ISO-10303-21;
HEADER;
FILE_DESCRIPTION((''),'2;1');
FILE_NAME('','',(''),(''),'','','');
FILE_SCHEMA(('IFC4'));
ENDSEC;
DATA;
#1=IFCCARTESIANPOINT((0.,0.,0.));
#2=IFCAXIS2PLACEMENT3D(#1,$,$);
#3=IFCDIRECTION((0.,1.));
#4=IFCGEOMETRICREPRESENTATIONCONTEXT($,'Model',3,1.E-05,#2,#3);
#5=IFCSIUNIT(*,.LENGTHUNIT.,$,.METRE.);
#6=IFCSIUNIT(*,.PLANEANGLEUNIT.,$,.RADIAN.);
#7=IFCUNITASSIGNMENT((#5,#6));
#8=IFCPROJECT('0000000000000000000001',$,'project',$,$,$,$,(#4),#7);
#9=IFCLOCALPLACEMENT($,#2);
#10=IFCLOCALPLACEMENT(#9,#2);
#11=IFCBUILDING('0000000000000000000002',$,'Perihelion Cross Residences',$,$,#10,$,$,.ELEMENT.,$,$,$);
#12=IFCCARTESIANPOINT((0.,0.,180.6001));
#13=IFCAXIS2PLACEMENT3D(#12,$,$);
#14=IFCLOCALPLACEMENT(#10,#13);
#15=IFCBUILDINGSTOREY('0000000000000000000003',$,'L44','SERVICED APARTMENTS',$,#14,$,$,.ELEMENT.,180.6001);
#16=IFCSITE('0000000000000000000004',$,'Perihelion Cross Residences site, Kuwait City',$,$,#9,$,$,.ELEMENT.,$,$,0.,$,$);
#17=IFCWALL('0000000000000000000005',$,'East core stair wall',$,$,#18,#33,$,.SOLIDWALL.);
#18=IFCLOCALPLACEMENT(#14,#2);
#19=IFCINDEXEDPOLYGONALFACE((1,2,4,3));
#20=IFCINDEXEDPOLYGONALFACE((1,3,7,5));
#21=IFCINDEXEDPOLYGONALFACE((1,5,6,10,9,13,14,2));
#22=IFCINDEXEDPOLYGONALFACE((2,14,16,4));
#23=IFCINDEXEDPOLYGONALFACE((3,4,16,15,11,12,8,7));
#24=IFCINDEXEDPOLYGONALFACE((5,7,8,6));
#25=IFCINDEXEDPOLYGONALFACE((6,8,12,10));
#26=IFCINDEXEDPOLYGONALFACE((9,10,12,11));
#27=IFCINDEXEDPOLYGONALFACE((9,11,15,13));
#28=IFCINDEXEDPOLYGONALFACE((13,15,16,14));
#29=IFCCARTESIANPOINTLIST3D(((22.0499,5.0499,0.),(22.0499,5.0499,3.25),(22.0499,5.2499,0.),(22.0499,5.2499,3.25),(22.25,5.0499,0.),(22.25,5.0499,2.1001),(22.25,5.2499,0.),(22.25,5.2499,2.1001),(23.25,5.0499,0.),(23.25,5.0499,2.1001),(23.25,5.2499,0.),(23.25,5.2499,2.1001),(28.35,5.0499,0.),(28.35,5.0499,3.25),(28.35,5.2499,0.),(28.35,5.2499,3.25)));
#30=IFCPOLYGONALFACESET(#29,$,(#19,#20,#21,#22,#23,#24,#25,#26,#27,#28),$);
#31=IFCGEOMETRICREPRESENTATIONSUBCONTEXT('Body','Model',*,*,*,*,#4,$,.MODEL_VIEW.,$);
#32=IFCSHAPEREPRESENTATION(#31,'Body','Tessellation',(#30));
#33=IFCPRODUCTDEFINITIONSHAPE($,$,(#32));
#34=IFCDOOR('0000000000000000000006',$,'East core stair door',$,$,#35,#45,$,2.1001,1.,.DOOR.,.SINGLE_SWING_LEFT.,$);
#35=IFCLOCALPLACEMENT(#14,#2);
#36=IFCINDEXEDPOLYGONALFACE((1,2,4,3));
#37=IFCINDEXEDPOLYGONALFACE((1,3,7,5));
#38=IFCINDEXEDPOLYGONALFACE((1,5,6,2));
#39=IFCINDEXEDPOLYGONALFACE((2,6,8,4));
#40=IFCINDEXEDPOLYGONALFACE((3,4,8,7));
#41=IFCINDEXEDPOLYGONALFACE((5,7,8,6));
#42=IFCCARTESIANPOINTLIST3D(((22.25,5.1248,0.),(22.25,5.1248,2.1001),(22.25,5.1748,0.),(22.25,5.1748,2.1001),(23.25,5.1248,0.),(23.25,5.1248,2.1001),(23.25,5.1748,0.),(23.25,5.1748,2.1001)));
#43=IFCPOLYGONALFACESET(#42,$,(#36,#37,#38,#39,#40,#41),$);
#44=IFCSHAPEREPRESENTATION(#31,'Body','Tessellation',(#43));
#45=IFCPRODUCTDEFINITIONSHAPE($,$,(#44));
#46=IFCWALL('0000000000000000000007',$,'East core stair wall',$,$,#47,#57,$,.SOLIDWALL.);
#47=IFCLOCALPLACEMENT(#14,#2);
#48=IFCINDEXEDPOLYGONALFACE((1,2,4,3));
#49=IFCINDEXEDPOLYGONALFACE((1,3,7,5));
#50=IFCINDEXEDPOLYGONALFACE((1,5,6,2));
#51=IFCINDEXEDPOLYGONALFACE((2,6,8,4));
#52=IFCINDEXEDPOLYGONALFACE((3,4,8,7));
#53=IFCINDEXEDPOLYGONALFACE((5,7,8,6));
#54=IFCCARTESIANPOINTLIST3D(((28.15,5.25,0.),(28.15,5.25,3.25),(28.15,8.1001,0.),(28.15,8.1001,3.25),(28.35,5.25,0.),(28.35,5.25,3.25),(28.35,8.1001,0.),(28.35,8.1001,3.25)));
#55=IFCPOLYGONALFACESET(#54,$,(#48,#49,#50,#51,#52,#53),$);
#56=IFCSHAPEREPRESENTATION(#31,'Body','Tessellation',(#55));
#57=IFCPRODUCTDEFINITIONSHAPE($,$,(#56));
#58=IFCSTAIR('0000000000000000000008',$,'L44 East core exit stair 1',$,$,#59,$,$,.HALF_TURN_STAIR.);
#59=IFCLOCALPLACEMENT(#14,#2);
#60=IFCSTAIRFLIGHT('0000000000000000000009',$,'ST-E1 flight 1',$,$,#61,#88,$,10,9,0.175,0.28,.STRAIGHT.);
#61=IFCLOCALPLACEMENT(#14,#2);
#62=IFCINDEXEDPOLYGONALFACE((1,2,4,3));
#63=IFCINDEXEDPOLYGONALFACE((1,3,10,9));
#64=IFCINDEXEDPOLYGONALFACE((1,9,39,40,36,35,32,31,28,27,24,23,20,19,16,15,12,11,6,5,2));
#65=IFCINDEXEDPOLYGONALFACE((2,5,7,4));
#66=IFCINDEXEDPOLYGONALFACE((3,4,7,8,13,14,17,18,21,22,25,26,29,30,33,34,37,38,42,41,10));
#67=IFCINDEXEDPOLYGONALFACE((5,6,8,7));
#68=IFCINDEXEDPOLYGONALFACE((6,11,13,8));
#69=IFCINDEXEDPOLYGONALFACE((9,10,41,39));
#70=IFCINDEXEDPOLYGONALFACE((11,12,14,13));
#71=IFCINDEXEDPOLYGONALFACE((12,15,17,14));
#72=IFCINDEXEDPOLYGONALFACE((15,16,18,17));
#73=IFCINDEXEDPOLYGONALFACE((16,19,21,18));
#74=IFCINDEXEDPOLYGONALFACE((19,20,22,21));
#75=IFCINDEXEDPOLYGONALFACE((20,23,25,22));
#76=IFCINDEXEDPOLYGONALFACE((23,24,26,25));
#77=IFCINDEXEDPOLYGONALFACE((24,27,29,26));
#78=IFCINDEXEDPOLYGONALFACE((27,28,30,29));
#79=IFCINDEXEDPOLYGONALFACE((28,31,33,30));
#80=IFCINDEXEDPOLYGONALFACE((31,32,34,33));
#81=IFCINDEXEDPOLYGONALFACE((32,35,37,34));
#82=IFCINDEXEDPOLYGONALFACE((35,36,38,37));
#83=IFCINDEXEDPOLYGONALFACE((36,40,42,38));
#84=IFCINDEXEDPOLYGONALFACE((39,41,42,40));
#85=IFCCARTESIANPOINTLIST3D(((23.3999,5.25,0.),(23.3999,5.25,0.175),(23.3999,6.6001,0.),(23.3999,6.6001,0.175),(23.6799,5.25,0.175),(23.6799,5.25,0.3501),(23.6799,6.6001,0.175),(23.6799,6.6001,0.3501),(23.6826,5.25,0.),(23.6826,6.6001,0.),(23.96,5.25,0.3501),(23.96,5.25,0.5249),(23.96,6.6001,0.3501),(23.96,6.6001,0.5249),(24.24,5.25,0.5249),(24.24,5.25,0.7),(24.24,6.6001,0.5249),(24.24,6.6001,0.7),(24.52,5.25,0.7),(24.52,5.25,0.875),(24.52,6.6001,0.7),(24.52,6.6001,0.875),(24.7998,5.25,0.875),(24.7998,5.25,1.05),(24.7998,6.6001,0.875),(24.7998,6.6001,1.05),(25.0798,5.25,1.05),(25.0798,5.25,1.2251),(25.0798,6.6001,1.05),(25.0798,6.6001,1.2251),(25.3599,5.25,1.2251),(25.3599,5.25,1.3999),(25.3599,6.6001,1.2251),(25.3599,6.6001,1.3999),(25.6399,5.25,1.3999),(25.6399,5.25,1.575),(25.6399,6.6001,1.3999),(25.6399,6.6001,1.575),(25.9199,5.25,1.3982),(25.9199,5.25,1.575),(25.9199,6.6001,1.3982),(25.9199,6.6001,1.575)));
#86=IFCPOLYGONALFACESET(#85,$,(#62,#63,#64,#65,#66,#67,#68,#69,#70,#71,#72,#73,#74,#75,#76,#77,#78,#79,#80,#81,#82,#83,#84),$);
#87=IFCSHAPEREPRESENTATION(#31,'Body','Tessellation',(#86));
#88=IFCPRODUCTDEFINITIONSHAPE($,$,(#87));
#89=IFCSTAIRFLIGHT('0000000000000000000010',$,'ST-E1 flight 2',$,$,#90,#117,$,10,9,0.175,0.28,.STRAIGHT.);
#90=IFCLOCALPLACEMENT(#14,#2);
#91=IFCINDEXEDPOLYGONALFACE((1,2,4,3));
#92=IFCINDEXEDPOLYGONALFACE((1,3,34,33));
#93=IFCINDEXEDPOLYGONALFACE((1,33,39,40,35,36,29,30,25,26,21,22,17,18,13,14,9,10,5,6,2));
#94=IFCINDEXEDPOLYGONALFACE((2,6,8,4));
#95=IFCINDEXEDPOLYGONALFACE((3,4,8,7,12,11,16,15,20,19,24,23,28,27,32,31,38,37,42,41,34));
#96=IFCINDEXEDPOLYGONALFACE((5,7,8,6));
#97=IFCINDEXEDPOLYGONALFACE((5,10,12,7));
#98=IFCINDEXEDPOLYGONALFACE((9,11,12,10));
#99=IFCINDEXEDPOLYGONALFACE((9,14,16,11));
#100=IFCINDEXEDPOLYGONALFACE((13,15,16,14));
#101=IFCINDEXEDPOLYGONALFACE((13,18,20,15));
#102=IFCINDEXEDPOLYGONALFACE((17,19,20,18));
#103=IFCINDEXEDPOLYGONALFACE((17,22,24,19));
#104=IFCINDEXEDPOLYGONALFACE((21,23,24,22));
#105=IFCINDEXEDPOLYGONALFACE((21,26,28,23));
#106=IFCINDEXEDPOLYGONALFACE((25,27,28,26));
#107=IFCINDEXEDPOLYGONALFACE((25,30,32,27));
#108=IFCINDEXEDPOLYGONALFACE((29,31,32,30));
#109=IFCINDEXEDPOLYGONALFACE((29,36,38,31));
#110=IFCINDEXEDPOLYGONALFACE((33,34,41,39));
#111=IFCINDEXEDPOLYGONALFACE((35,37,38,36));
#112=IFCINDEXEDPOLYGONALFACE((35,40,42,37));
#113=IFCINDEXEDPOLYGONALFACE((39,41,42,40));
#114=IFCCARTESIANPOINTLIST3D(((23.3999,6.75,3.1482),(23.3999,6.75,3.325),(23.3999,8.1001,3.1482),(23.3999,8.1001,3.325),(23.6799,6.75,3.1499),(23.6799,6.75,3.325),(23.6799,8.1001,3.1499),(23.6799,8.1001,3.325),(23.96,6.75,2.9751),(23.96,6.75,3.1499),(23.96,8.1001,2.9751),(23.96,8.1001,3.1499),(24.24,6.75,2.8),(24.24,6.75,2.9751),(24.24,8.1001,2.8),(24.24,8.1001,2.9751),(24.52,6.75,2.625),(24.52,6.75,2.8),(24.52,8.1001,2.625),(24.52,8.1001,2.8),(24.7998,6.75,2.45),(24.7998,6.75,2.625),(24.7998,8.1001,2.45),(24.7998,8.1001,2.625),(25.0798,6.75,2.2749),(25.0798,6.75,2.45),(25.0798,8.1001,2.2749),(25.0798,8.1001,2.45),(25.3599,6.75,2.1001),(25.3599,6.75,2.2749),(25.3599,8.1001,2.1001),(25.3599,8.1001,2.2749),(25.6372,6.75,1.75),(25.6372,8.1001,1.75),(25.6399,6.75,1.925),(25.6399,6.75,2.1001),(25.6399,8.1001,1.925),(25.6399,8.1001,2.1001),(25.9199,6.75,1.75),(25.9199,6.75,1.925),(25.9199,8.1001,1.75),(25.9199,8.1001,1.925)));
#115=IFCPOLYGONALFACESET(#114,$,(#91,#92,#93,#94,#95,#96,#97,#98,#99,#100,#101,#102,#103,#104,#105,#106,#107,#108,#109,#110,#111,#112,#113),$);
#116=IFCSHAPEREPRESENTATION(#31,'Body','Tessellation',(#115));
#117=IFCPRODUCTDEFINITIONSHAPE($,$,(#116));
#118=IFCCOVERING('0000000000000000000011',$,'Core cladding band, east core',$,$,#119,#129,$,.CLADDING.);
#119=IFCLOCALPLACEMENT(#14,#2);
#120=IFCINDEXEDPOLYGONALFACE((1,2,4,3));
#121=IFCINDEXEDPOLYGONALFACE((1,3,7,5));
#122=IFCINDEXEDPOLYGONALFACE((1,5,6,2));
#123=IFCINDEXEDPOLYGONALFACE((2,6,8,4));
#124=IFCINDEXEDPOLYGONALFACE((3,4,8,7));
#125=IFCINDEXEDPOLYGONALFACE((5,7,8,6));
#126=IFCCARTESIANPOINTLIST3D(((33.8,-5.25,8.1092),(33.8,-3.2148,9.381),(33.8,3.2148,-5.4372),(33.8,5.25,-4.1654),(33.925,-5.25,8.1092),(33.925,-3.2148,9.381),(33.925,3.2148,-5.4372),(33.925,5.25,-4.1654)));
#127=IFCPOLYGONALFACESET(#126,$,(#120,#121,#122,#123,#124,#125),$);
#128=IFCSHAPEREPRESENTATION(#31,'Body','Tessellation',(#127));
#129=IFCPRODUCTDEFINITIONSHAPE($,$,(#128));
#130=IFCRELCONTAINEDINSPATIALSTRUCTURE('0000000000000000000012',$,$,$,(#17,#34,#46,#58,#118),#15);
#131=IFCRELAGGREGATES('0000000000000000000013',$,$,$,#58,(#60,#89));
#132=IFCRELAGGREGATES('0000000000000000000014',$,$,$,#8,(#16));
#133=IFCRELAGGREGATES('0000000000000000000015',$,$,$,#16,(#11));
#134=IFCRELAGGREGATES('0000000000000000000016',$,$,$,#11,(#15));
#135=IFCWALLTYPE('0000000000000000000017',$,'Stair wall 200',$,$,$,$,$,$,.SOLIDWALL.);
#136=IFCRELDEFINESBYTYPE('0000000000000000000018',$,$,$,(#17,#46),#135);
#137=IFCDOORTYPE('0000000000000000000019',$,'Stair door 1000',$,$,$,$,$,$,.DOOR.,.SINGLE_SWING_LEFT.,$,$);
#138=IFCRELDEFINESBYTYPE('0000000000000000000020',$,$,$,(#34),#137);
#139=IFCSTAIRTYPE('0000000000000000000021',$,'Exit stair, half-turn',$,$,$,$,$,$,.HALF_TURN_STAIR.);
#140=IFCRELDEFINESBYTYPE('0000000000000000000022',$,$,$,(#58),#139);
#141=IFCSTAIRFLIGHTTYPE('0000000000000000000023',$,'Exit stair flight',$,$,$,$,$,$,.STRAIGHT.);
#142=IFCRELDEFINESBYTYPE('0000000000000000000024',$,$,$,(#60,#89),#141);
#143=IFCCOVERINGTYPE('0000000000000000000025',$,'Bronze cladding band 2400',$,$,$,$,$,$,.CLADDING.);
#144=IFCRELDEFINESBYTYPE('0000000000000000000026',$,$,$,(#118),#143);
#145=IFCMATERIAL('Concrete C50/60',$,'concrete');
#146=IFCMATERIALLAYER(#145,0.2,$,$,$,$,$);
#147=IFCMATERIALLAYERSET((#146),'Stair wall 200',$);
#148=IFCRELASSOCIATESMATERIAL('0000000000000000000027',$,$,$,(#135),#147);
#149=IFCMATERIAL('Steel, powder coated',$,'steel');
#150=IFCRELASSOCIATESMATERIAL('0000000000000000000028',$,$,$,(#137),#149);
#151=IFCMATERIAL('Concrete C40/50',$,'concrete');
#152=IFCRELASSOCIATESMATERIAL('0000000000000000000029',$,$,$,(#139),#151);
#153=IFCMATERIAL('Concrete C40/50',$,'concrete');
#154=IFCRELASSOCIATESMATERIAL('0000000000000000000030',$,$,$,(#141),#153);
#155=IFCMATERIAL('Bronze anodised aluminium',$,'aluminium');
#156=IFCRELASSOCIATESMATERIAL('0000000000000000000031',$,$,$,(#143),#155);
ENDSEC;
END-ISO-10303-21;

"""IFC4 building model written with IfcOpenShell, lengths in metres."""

from ifc_helpers import new_model, si_unit, direction, frame, frame_2d, origin, origin_2d, place, context, subcontext, project, spatial, polyline, rectangle, outline, extrude, material, layer, layer_set, material_profile, profile_set, type_object, element, fill, aggregate, save


model = new_model("IFC4")

# Units and contexts
model_context = context("Model", 3, precision=1e-05, world=origin(), true_north=direction((0.0, 1.0)))
body_context = subcontext(model_context, "Body", "Model", "MODEL_VIEW")
ifc_project = project(units=[si_unit("LENGTHUNIT", "METRE"), si_unit("PLANEANGLEUNIT", "RADIAN")], contexts=[model_context])

# Site, building, storey
site_placement = place(None, origin())
site = spatial("IfcSite", under=ifc_project, at=site_placement, Name="Perihelion Cross Residences site, Kuwait City", CompositionType="ELEMENT", RefElevation=0.0)
building_placement = place(site_placement, origin())
building = spatial("IfcBuilding", under=site, at=building_placement, Name="Perihelion Cross Residences", CompositionType="ELEMENT")
storey_placement = place(building_placement, frame((0.0, 0.0, 180.6001)))
storey = spatial("IfcBuildingStorey", under=building, at=storey_placement, Name="L44", Description="SERVICED APARTMENTS", CompositionType="ELEMENT", Elevation=180.6001)

# Wall, opening, door
ifc_material_1 = material(Name="Concrete C50/60", Category="concrete")
ifc_layer_1 = layer(ifc_material_1, 0.2)
ifc_layer_set_1 = layer_set([ifc_layer_1], Name="Stair wall 200")
wall_type_1 = type_object("IfcWallType", Name="Stair wall 200", PredefinedType="SOLIDWALL", material=ifc_layer_set_1)
wall_1_placement = place(storey_placement, frame((22.05, 5.1499, 0.0), z_axis=(0.0, 0.0, 1.0), x_axis=(1.0, 0.0, 0.0)))
wall_1 = element("IfcWall", 1, at=wall_1_placement, inside=storey, type_object=wall_type_1, Name="East core stair wall", PredefinedType="SOLIDWALL", context=body_context, shape_type="SweptSolid", body=[
    extrude(rectangle(XDim=6.3, YDim=0.2, at=frame_2d((3.1499, 0.0))), origin(), (0.0, 0.0, 1.0), 3.25),
])
opening_1_placement = place(wall_1_placement, frame((0.2, 0.0, 0.0)))
opening_1 = element("IfcOpeningElement", 2, at=opening_1_placement, cuts=wall_1, PredefinedType="OPENING", context=body_context, shape_type="SweptSolid", body=[
    extrude(rectangle(XDim=1.0, YDim=2.1001, at=frame_2d((0.5, 1.05))), frame((0.0, 0.1099, 0.0), z_axis=(0.0, -1.0, 0.0), x_axis=(1.0, 0.0, 0.0)), (0.0, 0.0, 1.0), 0.22),
])
ifc_material_2 = material(Name="Steel, powder coated", Category="steel")
door_type_1 = type_object("IfcDoorType", Name="Stair door 1000", OperationType="SINGLE_SWING_LEFT", PredefinedType="DOOR", material=ifc_material_2)
door_1_placement = place(opening_1_placement, origin())
door_1 = element("IfcDoor", 3, at=door_1_placement, inside=storey, type_object=door_type_1, Name="East core stair door", OperationType="SINGLE_SWING_LEFT", OverallHeight=2.1001, OverallWidth=1.0, PredefinedType="DOOR", context=body_context, shape_type="SweptSolid", body=[
    extrude(rectangle(XDim=1.0, YDim=2.1001, at=frame_2d((0.5, 1.05))), frame((0.0, 0.0249, 0.0), z_axis=(0.0, -1.0, 0.0), x_axis=(1.0, 0.0, 0.0)), (0.0, 0.0, 1.0), 0.05),
])
fill(opening_1, door_1)

# Wall
wall_2_placement = place(storey_placement, frame((28.25, 5.25, 0.0), z_axis=(0.0, 0.0, 1.0), x_axis=(0.0, 1.0, 0.0)))
element("IfcWall", 4, at=wall_2_placement, inside=storey, type_object=wall_type_1, Name="East core stair wall", PredefinedType="SOLIDWALL", context=body_context, shape_type="SweptSolid", body=[
    extrude(rectangle(XDim=2.8501, YDim=0.2, at=frame_2d((1.425, 0.0))), origin(), (0.0, 0.0, 1.0), 3.25),
])

# Stair, stair flights
ifc_material_3 = material(Name="Concrete C40/50", Category="concrete")
stair_type = type_object("IfcStairType", Name="Exit stair, half-turn", PredefinedType="HALF_TURN_STAIR", material=ifc_material_3)
stair_placement = place(storey_placement, origin())
stair = element("IfcStair", 5, at=stair_placement, inside=storey, type_object=stair_type, Name="L44 East core exit stair 1", PredefinedType="HALF_TURN_STAIR")
ifc_material_4 = material(Name="Concrete C40/50", Category="concrete")
stair_flight_type = type_object("IfcStairFlightType", Name="Exit stair flight", PredefinedType="STRAIGHT", material=ifc_material_4)
stair_flight_1_placement = place(storey_placement, frame((23.3999, 5.925, 0.0), z_axis=(0.0, 0.0, 1.0), x_axis=(1.0, 0.0, 0.0)))
stair_flight_1 = element("IfcStairFlight", 6, at=stair_flight_1_placement, type_object=stair_flight_type, Name="ST-E1 flight 1", NumberOfRisers=10, NumberOfTreads=9, PredefinedType="STRAIGHT", RiserHeight=0.175, TreadLength=0.28, context=body_context, shape_type="SweptSolid", body=[
    extrude(outline(polyline([(0.0, 0.0), (0.0, 0.175), (0.28, 0.175), (0.28, 0.3501), (0.5601, 0.3501), (0.5601, 0.5249), (0.8401, 0.5249), (0.8401, 0.7), (1.1201, 0.7), (1.1201, 0.875), (1.3999, 0.875), (1.3999, 1.05), (1.6799, 1.05), (1.6799, 1.2251), (1.96, 1.2251), (1.96, 1.3999), (2.24, 1.3999), (2.24, 1.575), (2.52, 1.575), (2.52, 1.75), (2.52, 1.3982), (0.2827, 0.0), (0.0, 0.0)])), frame((0.0, 0.675, 0.0), z_axis=(0.0, -1.0, 0.0), x_axis=(1.0, 0.0, 0.0)), (0.0, 0.0, 1.0), 1.3501),
])
stair_flight_2_placement = place(storey_placement, frame((25.9199, 7.425, 1.75), z_axis=(0.0, 0.0, 1.0), x_axis=(-1.0, 0.0, 0.0)))
stair_flight_2 = element("IfcStairFlight", 7, at=stair_flight_2_placement, type_object=stair_flight_type, Name="ST-E1 flight 2", NumberOfRisers=10, NumberOfTreads=9, PredefinedType="STRAIGHT", RiserHeight=0.175, TreadLength=0.28, context=body_context, shape_type="SweptSolid", body=[
    extrude(outline(polyline([(0.0, 0.0), (0.0, 0.175), (0.28, 0.175), (0.28, 0.3501), (0.5601, 0.3501), (0.5601, 0.5249), (0.8401, 0.5249), (0.8401, 0.7), (1.1201, 0.7), (1.1201, 0.875), (1.3999, 0.875), (1.3999, 1.05), (1.6799, 1.05), (1.6799, 1.2251), (1.96, 1.2251), (1.96, 1.3999), (2.24, 1.3999), (2.24, 1.575), (2.52, 1.575), (2.52, 1.75), (2.52, 1.3982), (0.2827, 0.0), (0.0, 0.0)])), frame((0.0, 0.675, 0.0), z_axis=(0.0, -1.0, 0.0), x_axis=(1.0, 0.0, 0.0)), (0.0, 0.0, 1.0), 1.3501),
])
aggregate(stair, [stair_flight_1, stair_flight_2])

# Covering
ifc_material_5 = material(Name="Bronze anodised aluminium", Category="aluminium")
ifc_material_profile_1 = material_profile(ifc_material_5, rectangle(XDim=0.125, YDim=2.3999, at=origin_2d()), Name="Bronze cladding band 2400")
ifc_profile_set_1 = profile_set([ifc_material_profile_1], Name="Bronze anodised aluminium")
covering_type = type_object("IfcCoveringType", Name="Bronze cladding band 2400", PredefinedType="CLADDING", material=ifc_profile_set_1)
covering_placement = place(storey_placement, frame((33.8625, 4.2324, -4.8013), z_axis=(0.0, -0.529925, 0.848045), x_axis=(1.0, 0.0, 0.0)))
element("IfcCovering", 8, at=covering_placement, inside=storey, type_object=covering_type, Name="Core cladding band, east core", PredefinedType="CLADDING", context=body_context, shape_type="SweptSolid", body=[
    extrude(rectangle(XDim=0.125, YDim=2.3999, at=origin_2d()), origin(), (0.0, 0.0, 1.0), 15.9736),
])

save(model, "model.ifc")
